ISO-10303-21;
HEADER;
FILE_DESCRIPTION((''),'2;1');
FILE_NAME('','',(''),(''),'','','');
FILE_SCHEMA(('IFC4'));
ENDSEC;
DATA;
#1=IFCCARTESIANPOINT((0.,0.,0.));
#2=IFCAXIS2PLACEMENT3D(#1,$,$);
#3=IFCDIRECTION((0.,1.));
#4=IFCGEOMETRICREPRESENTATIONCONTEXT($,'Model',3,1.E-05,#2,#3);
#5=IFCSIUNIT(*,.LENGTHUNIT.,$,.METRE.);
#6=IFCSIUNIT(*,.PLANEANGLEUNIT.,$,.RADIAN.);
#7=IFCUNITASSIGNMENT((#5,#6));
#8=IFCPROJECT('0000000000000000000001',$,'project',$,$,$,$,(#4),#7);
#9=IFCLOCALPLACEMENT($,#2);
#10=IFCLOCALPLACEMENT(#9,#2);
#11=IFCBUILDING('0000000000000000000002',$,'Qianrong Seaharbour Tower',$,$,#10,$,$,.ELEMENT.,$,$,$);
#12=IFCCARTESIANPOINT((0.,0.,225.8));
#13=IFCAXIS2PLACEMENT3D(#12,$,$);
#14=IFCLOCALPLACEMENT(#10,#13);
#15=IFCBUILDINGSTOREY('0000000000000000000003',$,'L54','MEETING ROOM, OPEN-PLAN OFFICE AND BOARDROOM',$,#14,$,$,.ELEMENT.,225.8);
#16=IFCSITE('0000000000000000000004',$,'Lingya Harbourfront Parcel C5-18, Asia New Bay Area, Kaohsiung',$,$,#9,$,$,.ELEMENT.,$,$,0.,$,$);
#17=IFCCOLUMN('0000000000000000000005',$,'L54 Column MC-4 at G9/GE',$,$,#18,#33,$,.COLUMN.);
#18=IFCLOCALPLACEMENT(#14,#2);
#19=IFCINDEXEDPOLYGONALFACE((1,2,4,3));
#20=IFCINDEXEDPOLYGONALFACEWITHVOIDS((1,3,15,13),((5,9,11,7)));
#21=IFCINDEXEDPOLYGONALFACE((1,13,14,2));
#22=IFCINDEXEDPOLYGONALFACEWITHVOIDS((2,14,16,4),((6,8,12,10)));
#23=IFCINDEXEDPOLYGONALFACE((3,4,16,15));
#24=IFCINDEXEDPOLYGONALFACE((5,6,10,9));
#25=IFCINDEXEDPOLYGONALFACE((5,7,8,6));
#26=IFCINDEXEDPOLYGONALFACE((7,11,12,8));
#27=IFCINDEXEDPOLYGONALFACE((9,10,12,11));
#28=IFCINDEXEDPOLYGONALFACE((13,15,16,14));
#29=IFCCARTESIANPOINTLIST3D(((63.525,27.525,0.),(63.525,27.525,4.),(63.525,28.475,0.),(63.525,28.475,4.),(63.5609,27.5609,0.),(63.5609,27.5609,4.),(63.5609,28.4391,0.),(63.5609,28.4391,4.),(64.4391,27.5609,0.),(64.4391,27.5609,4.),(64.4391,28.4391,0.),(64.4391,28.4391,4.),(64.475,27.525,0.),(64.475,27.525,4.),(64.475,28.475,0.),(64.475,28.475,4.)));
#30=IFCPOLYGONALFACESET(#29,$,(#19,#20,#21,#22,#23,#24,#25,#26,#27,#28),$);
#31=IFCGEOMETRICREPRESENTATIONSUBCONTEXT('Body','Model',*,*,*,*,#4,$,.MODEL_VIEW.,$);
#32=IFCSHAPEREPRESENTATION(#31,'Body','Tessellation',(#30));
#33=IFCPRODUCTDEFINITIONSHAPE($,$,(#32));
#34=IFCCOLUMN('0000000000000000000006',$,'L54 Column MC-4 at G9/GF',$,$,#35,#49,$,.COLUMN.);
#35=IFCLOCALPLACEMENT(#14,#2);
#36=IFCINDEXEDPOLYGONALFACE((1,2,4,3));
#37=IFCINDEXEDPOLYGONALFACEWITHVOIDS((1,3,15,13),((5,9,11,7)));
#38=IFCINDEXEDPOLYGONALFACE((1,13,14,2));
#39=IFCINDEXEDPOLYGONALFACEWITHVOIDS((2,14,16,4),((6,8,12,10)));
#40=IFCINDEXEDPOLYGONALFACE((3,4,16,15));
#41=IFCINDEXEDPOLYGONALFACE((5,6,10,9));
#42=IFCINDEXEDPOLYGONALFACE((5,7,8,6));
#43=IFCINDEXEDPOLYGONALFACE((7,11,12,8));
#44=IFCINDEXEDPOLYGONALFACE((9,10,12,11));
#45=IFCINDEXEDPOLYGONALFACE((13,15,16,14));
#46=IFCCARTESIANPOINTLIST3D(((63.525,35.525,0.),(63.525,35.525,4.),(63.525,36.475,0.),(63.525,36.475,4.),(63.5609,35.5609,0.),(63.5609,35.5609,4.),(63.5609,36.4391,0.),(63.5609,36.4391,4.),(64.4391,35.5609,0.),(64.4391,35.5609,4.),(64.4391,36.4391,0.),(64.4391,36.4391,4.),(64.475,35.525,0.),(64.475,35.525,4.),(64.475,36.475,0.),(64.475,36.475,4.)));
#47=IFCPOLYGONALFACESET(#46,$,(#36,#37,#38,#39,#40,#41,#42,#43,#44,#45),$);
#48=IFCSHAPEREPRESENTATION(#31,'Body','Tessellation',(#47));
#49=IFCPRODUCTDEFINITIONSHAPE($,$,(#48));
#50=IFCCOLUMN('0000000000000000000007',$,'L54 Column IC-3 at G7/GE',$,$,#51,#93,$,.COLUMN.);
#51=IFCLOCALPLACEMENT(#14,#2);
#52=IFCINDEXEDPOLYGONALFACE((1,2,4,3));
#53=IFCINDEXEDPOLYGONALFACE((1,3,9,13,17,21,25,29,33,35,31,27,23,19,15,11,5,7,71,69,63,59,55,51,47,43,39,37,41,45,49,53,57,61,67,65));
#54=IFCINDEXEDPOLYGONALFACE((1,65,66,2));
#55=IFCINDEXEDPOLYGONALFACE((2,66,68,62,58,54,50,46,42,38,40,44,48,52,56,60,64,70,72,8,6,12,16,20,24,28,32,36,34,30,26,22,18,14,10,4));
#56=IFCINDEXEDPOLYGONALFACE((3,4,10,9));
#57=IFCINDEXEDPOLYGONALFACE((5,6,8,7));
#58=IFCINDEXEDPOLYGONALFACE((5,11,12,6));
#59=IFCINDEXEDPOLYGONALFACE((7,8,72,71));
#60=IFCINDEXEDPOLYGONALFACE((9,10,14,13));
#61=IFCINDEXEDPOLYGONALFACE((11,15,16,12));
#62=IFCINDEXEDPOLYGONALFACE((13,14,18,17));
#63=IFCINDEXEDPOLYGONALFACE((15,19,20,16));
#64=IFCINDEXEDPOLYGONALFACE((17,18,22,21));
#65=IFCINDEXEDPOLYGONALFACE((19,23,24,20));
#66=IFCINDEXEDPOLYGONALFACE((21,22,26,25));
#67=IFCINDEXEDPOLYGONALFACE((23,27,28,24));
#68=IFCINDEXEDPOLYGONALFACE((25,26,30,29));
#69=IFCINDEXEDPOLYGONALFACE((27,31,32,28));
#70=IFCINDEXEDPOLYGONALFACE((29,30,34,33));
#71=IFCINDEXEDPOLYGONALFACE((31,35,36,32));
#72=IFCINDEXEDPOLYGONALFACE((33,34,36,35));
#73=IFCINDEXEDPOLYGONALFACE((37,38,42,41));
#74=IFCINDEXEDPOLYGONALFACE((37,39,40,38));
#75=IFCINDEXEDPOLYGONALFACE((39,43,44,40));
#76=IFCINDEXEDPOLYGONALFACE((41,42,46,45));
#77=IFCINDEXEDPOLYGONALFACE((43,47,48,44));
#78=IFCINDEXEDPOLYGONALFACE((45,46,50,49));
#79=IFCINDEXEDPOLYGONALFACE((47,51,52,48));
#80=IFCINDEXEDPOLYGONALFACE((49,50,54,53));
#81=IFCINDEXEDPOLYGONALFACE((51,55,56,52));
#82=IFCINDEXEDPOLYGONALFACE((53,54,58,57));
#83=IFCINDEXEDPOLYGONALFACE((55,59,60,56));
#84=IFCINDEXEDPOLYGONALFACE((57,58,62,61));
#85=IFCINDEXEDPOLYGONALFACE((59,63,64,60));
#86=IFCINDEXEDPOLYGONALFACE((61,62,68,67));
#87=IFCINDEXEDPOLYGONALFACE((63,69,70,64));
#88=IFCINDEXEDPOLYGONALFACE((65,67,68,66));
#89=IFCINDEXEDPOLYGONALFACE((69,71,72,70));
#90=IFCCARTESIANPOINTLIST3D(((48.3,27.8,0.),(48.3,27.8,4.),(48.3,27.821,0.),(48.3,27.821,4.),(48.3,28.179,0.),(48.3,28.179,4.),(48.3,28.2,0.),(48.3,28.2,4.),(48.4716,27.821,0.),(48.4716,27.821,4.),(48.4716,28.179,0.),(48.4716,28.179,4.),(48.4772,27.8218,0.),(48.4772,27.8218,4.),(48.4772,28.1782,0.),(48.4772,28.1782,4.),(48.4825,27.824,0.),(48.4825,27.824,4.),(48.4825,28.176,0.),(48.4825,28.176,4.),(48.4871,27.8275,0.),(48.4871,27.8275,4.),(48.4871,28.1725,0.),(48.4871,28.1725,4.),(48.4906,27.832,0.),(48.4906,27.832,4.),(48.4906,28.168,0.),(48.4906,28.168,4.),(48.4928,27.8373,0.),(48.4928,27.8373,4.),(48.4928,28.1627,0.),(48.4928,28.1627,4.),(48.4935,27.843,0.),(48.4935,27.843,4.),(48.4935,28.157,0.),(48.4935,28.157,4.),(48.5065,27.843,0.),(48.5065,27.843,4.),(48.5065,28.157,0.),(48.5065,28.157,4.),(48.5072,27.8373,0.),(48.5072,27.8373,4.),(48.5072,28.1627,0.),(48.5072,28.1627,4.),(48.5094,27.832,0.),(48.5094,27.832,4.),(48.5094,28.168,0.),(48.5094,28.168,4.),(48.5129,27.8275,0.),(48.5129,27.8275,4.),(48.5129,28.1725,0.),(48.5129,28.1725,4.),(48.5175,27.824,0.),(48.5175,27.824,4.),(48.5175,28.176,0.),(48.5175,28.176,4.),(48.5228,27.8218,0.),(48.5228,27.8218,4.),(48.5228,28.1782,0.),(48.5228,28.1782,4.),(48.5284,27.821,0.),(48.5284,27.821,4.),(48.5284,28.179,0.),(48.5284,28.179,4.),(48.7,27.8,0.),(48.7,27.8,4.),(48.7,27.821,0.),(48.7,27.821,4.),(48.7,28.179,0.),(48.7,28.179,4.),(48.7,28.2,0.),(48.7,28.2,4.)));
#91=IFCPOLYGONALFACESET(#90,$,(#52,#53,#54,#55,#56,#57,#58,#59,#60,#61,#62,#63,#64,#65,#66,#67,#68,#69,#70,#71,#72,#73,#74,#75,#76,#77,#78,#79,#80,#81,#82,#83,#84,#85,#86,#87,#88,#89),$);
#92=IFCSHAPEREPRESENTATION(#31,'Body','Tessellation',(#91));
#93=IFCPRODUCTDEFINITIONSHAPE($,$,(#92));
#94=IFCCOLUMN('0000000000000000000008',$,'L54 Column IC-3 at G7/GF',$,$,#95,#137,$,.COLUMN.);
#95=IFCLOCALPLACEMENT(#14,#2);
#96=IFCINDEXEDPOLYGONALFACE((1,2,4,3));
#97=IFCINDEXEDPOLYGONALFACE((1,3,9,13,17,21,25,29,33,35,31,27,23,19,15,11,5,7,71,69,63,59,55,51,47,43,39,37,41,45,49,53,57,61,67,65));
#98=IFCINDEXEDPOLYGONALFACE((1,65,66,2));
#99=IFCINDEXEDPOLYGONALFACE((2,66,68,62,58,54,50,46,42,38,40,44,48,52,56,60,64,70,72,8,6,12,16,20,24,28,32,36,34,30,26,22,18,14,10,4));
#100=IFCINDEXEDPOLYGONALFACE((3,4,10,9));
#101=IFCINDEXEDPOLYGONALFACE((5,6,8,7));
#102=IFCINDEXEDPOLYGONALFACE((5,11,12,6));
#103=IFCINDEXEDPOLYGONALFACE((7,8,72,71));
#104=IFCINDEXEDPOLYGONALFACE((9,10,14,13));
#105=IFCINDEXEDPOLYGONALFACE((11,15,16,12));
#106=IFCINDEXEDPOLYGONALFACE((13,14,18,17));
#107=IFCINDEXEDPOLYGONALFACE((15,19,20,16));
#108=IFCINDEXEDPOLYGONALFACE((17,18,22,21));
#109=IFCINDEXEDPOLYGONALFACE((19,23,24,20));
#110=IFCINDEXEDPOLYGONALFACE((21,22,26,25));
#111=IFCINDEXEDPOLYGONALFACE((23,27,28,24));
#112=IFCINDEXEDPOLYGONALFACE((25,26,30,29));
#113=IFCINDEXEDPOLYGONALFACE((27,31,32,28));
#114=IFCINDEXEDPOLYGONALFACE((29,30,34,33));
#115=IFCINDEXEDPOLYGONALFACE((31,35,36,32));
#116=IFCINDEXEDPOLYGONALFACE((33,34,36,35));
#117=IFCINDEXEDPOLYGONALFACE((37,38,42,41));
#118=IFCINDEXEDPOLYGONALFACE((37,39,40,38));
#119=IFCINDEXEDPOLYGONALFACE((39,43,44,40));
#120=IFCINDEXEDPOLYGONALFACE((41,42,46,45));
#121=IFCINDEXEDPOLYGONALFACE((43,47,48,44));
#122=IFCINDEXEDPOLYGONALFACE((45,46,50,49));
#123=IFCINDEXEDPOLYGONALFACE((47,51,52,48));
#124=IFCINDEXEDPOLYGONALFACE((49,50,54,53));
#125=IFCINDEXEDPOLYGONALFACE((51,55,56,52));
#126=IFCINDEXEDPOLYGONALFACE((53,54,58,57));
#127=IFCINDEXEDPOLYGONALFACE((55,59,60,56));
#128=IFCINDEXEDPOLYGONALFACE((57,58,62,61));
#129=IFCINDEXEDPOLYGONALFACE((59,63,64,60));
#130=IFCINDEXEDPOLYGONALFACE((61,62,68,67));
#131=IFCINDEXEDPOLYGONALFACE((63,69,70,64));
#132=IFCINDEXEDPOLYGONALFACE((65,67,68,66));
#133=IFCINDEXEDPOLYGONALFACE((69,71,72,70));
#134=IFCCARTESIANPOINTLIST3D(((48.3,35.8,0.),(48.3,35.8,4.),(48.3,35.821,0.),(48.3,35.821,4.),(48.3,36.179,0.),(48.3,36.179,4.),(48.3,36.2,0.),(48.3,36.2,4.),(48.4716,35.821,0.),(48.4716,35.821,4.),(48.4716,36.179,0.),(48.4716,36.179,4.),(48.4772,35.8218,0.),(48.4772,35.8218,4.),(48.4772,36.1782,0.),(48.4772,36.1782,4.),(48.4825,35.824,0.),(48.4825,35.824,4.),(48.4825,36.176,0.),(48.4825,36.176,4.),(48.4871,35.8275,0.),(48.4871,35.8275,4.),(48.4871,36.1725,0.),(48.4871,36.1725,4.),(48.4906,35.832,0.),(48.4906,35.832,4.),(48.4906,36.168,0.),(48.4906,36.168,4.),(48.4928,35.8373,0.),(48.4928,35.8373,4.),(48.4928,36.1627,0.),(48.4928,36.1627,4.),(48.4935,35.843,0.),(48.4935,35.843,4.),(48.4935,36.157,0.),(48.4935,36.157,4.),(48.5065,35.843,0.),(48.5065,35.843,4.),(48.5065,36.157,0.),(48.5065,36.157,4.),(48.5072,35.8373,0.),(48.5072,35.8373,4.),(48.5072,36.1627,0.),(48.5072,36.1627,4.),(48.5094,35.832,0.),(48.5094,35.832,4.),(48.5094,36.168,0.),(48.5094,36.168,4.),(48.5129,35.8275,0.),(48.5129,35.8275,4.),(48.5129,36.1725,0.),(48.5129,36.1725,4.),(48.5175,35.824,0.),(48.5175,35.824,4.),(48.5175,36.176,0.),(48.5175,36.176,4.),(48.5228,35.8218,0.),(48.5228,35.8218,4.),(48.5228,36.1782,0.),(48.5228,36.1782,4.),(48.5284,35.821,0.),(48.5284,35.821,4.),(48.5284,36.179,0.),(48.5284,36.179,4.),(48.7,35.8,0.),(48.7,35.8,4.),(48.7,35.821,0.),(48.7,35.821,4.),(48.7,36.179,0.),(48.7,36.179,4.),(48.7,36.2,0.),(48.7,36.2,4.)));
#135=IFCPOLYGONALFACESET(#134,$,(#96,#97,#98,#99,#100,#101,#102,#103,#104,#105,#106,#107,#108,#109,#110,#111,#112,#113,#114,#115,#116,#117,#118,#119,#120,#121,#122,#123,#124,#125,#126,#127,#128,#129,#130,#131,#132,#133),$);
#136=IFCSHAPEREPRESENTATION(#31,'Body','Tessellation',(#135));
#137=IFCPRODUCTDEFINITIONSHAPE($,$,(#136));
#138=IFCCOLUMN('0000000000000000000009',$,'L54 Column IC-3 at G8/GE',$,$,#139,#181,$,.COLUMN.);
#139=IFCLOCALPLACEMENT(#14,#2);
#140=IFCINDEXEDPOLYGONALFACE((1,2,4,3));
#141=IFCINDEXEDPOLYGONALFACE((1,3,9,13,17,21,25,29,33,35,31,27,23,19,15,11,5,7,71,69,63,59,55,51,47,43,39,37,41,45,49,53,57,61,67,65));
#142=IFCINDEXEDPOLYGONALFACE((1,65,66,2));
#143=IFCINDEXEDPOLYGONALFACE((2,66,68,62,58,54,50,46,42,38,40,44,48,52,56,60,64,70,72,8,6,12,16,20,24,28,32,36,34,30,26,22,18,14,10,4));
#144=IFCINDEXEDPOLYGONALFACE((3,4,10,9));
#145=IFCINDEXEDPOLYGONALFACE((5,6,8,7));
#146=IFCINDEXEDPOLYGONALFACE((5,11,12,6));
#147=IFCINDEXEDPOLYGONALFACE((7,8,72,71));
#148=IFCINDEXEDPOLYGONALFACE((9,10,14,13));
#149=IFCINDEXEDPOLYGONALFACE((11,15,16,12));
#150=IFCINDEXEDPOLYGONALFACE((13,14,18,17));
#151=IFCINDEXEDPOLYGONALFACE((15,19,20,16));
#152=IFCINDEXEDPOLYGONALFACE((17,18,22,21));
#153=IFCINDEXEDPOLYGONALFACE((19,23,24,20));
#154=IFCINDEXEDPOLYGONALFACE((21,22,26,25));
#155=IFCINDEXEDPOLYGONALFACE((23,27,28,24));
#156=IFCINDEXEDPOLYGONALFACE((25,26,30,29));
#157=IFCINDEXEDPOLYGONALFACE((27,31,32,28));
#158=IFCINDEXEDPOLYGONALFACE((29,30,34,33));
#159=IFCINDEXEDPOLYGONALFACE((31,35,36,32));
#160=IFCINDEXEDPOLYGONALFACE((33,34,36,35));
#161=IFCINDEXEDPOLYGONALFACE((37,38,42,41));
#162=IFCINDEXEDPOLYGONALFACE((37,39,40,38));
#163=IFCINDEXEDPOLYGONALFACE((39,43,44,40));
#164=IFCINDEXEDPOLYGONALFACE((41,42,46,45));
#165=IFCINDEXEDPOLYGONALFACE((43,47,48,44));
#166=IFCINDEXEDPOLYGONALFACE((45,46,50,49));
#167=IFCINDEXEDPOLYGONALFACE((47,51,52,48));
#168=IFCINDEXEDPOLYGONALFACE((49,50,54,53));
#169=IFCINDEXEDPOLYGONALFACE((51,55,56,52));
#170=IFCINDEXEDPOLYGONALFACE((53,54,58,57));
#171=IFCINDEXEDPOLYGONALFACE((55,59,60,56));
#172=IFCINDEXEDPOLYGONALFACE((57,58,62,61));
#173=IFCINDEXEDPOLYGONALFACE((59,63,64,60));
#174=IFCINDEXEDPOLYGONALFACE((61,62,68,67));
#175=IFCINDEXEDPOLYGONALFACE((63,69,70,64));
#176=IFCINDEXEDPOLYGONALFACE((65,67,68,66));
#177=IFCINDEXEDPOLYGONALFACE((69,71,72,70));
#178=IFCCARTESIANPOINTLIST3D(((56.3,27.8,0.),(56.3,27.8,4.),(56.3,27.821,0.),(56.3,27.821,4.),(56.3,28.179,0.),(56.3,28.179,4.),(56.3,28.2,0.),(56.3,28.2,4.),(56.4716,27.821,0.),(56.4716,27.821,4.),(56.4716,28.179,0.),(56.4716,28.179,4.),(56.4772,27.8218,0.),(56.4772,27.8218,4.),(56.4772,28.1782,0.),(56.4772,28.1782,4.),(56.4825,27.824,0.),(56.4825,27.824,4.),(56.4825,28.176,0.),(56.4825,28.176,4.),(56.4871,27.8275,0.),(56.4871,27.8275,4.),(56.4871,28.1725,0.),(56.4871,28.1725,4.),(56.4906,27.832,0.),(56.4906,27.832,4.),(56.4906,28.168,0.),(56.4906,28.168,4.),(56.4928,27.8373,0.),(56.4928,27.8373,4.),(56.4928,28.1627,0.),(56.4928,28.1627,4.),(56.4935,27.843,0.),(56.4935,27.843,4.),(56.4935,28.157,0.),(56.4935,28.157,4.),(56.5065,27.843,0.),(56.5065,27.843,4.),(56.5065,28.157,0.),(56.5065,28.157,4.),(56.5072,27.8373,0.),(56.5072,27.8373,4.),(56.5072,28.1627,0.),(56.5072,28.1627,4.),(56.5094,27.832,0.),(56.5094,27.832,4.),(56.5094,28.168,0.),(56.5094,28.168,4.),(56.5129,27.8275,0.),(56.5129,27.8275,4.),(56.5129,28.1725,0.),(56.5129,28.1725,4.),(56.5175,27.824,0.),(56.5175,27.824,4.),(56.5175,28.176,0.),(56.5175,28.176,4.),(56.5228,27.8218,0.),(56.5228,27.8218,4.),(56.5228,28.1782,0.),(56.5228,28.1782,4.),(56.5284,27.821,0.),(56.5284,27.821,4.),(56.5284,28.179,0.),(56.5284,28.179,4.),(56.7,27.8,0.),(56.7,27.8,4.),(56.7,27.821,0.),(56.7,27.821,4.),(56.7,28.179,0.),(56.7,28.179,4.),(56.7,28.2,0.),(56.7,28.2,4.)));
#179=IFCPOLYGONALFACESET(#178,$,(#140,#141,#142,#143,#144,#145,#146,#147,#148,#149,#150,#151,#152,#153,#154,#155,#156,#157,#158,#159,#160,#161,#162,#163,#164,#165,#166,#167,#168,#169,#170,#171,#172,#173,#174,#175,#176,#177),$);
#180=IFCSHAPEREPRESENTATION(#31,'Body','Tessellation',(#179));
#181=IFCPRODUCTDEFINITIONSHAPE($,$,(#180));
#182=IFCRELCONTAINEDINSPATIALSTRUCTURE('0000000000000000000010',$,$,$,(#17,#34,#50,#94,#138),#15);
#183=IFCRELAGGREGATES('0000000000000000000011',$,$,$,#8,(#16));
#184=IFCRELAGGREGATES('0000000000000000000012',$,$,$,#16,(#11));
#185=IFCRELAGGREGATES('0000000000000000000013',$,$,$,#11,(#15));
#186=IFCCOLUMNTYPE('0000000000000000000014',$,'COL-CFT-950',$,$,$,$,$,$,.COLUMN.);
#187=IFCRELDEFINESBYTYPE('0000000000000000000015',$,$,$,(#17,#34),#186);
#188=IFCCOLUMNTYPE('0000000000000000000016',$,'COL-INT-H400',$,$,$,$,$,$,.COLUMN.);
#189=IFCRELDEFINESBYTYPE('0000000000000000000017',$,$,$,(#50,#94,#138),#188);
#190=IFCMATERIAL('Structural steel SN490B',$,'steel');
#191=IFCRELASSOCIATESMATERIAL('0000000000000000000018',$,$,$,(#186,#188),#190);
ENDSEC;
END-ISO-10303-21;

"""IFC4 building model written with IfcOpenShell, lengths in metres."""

from ifc_helpers import new_model, si_unit, direction, frame, origin, origin_2d, place, context, subcontext, project, spatial, hollow_rectangle, i_section, extrude, material, material_profile, profile_set, type_object, element, save


model = new_model("IFC4")

# Units and contexts
model_context = context("Model", 3, precision=1e-05, world=origin(), true_north=direction((0.0, 1.0)))
body_context = subcontext(model_context, "Body", "Model", "MODEL_VIEW")
ifc_project = project(units=[si_unit("LENGTHUNIT", "METRE"), si_unit("PLANEANGLEUNIT", "RADIAN")], contexts=[model_context])

# Site, building, storey
site_placement = place(None, origin())
site = spatial("IfcSite", under=ifc_project, at=site_placement, Name="Lingya Harbourfront Parcel C5-18, Asia New Bay Area, Kaohsiung", CompositionType="ELEMENT", RefElevation=0.0)
building_placement = place(site_placement, origin())
building = spatial("IfcBuilding", under=site, at=building_placement, Name="Qianrong Seaharbour Tower", CompositionType="ELEMENT")
storey_placement = place(building_placement, frame((0.0, 0.0, 225.8)))
storey = spatial("IfcBuildingStorey", under=building, at=storey_placement, Name="L54", Description="MEETING ROOM, OPEN-PLAN OFFICE AND BOARDROOM", CompositionType="ELEMENT", Elevation=225.8)

# Columns
ifc_material_1 = material(Name="Structural steel SN490B", Category="steel")
ifc_material_profile_1 = material_profile(ifc_material_1, hollow_rectangle(XDim=0.95, YDim=0.95, WallThickness=0.0359, at=origin_2d()), Name="BOX950x950x36")
ifc_profile_set_1 = profile_set([ifc_material_profile_1], Name="Structural steel SN490B")
column_type_1 = type_object("IfcColumnType", Name="COL-CFT-950", PredefinedType="COLUMN", material=ifc_profile_set_1)
for number, where, z_axis, x_axis, name in (
    (1, (64.0, 28.0, 0.0), (0.0, 0.0, 1.0), (1.0, 0.0, 0.0), "L54 Column MC-4 at G9/GE"),
    (2, (64.0, 36.0, 0.0), (0.0, 0.0, 1.0), (1.0, 0.0, 0.0), "L54 Column MC-4 at G9/GF"),
):
    element("IfcColumn", number, at=place(storey_placement, frame(where, z_axis=z_axis, x_axis=x_axis)), inside=storey, type_object=column_type_1, Name=name, PredefinedType="COLUMN", context=body_context, shape_type="SweptSolid", body=[
        extrude(hollow_rectangle(XDim=0.95, YDim=0.95, WallThickness=0.0359, at=origin_2d()), origin(), (0.0, 0.0, 1.0), 4.0),
    ])
ifc_material_profile_2 = material_profile(ifc_material_1, i_section(OverallWidth=0.3999, OverallDepth=0.3999, WebThickness=0.0129, FlangeThickness=0.021, FilletRadius=0.022, at=origin_2d()), Name="H400x400x13x21")
ifc_profile_set_2 = profile_set([ifc_material_profile_2], Name="Structural steel SN490B")
column_type_2 = type_object("IfcColumnType", Name="COL-INT-H400", PredefinedType="COLUMN", material=ifc_profile_set_2)
for number, where, z_axis, x_axis, name in (
    (3, (48.5, 28.0, 0.0), (0.0, 0.0, 1.0), (1.0, 0.0, 0.0), "L54 Column IC-3 at G7/GE"),
    (4, (48.5, 36.0, 0.0), (0.0, 0.0, 1.0), (1.0, 0.0, 0.0), "L54 Column IC-3 at G7/GF"),
    (5, (56.5, 28.0, 0.0), (0.0, 0.0, 1.0), (1.0, 0.0, 0.0), "L54 Column IC-3 at G8/GE"),
):
    element("IfcColumn", number, at=place(storey_placement, frame(where, z_axis=z_axis, x_axis=x_axis)), inside=storey, type_object=column_type_2, Name=name, PredefinedType="COLUMN", context=body_context, shape_type="SweptSolid", body=[
        extrude(i_section(OverallWidth=0.3999, OverallDepth=0.3999, WebThickness=0.0129, FlangeThickness=0.021, FilletRadius=0.022, at=origin_2d()), origin(), (0.0, 0.0, 1.0), 4.0),
    ])

save(model, "model.ifc")
